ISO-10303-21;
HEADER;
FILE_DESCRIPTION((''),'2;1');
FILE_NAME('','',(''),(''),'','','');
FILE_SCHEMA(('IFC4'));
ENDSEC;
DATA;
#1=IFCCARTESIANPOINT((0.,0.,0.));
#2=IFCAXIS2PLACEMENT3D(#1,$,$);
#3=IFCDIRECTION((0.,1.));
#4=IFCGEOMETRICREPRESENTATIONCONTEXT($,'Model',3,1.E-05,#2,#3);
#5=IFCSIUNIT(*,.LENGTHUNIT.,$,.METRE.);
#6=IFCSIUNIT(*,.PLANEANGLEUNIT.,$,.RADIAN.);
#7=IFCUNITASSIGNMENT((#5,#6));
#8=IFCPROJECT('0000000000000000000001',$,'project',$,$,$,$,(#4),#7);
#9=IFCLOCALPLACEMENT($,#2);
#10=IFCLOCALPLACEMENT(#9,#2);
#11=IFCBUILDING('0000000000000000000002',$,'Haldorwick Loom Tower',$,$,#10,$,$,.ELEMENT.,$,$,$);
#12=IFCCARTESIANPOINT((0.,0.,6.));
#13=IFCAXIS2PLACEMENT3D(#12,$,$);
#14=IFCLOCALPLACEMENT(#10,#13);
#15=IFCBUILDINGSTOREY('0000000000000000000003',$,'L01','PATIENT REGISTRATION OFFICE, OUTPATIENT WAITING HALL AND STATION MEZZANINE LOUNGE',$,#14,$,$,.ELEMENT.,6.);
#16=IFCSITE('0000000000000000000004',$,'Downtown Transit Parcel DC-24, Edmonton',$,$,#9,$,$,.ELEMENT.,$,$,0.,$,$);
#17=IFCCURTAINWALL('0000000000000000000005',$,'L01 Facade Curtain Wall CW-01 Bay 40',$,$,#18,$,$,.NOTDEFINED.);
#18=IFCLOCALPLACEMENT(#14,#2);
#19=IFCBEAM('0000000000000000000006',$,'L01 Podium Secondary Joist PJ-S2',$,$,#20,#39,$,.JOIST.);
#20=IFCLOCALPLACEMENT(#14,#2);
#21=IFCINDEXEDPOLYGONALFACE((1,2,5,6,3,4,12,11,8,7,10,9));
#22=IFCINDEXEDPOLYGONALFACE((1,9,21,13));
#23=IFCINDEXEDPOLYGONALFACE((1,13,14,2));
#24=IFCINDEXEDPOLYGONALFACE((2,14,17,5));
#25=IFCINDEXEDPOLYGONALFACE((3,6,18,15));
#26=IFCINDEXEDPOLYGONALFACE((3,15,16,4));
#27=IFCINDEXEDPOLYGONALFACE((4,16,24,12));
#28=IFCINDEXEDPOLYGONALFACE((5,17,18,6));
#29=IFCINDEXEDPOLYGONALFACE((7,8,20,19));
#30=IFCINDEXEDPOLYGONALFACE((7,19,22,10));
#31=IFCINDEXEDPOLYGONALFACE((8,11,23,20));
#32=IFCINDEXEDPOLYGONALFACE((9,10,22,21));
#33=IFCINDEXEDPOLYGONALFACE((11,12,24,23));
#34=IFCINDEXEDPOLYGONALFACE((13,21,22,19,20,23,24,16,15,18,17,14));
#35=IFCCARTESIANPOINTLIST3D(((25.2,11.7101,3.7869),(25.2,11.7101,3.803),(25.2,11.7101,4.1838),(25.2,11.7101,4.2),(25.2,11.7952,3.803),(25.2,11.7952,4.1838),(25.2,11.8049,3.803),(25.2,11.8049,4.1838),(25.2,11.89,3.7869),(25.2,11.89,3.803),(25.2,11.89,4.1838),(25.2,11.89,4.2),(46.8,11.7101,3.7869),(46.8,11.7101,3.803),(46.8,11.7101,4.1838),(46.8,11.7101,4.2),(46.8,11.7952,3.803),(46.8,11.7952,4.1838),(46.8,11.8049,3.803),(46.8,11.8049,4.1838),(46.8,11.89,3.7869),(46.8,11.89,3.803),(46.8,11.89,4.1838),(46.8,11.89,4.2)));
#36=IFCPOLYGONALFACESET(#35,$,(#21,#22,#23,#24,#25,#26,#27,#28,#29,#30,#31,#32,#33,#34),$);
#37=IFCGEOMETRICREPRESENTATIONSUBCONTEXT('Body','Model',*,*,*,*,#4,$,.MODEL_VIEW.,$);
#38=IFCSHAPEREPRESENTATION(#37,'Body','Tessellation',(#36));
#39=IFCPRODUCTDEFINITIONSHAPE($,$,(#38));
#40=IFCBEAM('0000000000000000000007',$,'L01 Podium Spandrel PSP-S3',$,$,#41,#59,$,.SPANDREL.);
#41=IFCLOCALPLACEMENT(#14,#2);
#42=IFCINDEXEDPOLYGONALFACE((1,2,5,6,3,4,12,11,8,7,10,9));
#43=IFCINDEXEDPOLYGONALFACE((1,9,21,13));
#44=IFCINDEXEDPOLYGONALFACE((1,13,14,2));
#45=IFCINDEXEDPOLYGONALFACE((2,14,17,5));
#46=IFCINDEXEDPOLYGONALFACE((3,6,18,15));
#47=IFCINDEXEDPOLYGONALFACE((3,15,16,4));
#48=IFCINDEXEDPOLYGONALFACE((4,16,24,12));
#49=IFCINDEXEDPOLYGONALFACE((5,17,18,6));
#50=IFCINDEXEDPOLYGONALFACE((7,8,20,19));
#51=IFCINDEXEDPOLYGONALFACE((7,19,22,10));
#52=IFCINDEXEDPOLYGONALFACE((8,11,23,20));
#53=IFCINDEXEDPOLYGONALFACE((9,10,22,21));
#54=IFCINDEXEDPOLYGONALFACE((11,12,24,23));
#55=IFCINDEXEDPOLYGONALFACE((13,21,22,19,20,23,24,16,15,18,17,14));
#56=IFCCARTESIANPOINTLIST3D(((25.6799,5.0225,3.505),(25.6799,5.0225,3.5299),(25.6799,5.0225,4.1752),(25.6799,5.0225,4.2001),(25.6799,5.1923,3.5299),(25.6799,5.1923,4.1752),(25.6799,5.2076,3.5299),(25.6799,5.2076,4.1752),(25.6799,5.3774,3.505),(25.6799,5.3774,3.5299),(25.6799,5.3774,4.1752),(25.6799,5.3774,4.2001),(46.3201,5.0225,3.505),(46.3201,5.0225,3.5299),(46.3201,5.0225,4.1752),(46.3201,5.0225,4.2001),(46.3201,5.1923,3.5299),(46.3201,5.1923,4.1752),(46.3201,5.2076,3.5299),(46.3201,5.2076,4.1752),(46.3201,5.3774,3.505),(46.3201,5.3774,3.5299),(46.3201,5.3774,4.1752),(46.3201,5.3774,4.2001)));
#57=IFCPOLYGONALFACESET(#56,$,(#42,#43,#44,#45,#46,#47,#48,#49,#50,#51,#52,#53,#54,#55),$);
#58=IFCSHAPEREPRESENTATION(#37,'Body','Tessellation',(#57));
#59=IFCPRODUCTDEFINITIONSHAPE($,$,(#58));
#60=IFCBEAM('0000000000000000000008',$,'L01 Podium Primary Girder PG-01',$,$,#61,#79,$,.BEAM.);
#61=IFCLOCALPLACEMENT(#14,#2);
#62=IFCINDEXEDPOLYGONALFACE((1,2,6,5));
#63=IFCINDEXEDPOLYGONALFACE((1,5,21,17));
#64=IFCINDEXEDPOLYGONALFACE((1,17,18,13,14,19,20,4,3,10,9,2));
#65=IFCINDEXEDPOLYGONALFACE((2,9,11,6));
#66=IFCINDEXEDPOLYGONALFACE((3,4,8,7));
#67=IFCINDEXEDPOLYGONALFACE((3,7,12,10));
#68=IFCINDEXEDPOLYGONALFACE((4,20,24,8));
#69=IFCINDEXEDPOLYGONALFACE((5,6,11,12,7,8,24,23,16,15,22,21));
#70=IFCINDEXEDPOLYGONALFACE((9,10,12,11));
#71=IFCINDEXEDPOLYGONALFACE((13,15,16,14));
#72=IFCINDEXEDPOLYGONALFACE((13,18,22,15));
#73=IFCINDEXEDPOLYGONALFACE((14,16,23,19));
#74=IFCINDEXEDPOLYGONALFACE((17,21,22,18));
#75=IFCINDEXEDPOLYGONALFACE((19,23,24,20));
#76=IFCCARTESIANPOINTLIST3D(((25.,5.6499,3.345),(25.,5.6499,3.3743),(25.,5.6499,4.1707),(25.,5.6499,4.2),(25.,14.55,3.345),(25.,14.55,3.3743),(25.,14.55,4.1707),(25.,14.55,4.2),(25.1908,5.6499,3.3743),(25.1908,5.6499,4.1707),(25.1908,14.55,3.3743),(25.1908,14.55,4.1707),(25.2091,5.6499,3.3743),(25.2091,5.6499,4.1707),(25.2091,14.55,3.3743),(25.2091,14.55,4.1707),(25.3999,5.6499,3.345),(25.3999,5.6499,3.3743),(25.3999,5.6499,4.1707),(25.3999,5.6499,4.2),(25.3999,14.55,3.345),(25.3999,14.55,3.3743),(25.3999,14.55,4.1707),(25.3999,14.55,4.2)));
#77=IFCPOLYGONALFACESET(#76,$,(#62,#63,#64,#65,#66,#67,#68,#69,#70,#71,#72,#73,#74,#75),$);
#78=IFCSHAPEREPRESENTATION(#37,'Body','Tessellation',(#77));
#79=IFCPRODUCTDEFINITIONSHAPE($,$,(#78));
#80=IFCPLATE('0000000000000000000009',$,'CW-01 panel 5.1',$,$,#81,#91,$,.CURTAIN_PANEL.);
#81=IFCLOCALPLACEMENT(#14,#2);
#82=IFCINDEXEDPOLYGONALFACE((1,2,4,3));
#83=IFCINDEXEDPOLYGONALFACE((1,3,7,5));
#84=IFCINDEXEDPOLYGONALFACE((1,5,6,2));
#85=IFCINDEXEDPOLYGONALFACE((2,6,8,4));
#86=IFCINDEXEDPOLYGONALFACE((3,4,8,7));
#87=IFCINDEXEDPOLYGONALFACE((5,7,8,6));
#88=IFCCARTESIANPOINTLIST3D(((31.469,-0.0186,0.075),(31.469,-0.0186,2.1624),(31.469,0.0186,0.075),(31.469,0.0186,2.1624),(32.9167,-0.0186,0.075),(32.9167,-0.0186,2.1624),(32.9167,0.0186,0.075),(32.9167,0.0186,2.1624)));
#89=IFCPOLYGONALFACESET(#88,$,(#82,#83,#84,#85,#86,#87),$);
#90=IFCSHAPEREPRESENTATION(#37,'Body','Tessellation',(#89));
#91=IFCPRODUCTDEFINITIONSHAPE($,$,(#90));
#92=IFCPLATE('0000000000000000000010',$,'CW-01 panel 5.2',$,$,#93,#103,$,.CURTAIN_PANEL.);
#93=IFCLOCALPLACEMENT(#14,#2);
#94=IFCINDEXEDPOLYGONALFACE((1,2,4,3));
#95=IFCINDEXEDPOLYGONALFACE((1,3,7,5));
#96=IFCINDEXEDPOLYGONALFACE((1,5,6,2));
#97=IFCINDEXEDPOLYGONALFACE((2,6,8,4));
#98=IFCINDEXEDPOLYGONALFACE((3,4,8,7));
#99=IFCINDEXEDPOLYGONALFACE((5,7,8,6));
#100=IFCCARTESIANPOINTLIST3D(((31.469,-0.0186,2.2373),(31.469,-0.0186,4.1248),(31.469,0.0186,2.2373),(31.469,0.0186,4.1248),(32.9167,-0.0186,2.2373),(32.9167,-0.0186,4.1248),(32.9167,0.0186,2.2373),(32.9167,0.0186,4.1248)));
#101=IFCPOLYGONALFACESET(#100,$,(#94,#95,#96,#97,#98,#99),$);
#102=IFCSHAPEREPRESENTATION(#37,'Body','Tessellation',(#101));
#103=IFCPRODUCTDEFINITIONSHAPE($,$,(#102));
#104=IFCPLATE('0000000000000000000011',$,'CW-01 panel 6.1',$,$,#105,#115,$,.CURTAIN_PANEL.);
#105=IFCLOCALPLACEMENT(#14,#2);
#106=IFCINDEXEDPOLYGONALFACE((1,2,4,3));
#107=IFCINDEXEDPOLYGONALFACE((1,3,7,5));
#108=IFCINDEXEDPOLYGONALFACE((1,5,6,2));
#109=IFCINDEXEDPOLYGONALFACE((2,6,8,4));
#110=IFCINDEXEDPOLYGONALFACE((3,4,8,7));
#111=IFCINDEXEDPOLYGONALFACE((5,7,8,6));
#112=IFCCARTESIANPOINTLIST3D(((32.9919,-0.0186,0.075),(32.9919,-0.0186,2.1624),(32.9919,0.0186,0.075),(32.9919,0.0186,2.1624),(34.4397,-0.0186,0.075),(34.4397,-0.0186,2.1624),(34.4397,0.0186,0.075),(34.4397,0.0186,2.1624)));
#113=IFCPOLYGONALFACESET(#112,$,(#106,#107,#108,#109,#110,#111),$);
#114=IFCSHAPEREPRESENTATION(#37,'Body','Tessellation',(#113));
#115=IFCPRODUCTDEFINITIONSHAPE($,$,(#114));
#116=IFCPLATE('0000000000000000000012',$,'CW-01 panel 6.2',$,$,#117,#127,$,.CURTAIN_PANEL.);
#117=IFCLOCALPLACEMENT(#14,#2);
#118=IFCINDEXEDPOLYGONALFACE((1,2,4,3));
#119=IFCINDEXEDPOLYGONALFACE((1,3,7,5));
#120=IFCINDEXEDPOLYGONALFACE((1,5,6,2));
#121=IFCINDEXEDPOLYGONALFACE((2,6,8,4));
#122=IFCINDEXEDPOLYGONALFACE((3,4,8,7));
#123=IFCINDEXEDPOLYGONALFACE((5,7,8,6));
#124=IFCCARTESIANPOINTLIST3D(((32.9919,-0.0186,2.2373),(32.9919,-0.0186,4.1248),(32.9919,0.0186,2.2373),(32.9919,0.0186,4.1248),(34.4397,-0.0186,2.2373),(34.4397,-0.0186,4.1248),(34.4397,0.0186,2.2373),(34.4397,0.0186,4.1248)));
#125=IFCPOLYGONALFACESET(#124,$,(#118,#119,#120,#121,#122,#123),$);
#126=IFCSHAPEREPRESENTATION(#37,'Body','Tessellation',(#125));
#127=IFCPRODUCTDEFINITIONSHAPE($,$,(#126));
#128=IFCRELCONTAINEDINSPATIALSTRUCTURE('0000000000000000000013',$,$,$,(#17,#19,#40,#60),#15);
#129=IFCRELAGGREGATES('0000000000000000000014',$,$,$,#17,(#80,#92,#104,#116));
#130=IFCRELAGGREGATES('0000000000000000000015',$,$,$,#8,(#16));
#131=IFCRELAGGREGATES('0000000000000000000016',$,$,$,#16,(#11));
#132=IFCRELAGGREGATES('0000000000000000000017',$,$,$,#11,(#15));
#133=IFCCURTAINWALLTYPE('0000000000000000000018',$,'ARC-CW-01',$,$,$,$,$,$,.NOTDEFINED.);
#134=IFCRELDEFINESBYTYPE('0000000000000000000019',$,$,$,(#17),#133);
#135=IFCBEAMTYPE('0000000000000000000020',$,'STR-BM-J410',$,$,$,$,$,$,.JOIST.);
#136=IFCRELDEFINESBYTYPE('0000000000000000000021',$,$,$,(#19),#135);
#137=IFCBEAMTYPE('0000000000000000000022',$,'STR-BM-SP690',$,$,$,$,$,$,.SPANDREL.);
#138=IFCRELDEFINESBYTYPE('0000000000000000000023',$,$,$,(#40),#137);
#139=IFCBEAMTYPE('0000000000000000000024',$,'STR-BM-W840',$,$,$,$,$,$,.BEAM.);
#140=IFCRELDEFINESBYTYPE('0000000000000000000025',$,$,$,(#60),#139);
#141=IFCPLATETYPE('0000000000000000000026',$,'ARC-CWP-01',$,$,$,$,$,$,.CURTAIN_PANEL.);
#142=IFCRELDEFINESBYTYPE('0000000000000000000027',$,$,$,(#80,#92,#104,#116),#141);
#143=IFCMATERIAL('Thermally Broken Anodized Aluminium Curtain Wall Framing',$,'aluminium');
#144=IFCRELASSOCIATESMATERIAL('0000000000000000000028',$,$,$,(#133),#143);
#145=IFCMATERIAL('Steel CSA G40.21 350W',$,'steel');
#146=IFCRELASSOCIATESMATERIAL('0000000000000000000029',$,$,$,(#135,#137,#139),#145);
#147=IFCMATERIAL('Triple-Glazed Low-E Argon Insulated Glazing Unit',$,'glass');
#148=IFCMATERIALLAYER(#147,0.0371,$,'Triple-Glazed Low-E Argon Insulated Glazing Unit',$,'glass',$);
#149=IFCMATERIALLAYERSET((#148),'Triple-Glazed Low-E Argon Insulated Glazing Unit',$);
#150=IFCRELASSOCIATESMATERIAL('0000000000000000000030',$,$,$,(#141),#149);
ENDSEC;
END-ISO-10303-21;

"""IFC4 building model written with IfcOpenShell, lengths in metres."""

from ifc_helpers import new_model, si_unit, direction, frame, origin, origin_2d, place, context, subcontext, project, spatial, rectangle, i_section, extrude, material, layer, layer_set, material_profile, profile_set, type_object, element, aggregate, save


model = new_model("IFC4")

# Units and contexts
model_context = context("Model", 3, precision=1e-05, world=origin(), true_north=direction((0.0, 1.0)))
body_context = subcontext(model_context, "Body", "Model", "MODEL_VIEW")
ifc_project = project(units=[si_unit("LENGTHUNIT", "METRE"), si_unit("PLANEANGLEUNIT", "RADIAN")], contexts=[model_context])

# Site, building, storey
site_placement = place(None, origin())
site = spatial("IfcSite", under=ifc_project, at=site_placement, Name="Downtown Transit Parcel DC-24, Edmonton", CompositionType="ELEMENT", RefElevation=0.0)
building_placement = place(site_placement, origin())
building = spatial("IfcBuilding", under=site, at=building_placement, Name="Haldorwick Loom Tower", CompositionType="ELEMENT")
storey_placement = place(building_placement, frame((0.0, 0.0, 6.0)))
storey = spatial("IfcBuildingStorey", under=building, at=storey_placement, Name="L01", Description="PATIENT REGISTRATION OFFICE, OUTPATIENT WAITING HALL AND STATION MEZZANINE LOUNGE", CompositionType="ELEMENT", Elevation=6.0)

# Curtain wall
ifc_material_1 = material(Name="Thermally Broken Anodized Aluminium Curtain Wall Framing", Category="aluminium")
curtain_wall_type = type_object("IfcCurtainWallType", Name="ARC-CW-01", PredefinedType="NOTDEFINED", material=ifc_material_1)
curtain_wall_placement = place(storey_placement, origin())
curtain_wall = element("IfcCurtainWall", 1, at=curtain_wall_placement, inside=storey, type_object=curtain_wall_type, Name="L01 Facade Curtain Wall CW-01 Bay 40", PredefinedType="NOTDEFINED")

# Beams
ifc_material_2 = material(Name="Steel CSA G40.21 350W", Category="steel")
ifc_material_profile_1 = material_profile(ifc_material_2, i_section(OverallWidth=0.1799, OverallDepth=0.4131, WebThickness=0.0098, FlangeThickness=0.0161, at=origin_2d()), Name="W410X74", Category="steel")
ifc_profile_set_1 = profile_set([ifc_material_profile_1], Name="Steel CSA G40.21 350W")
beam_type_1 = type_object("IfcBeamType", Name="STR-BM-J410", PredefinedType="JOIST", material=ifc_profile_set_1)
for number, where, z_axis, x_axis, name in (
    (2, (25.2, 11.8, 3.9934), (1.0, 0.0, 0.0), (0.0, 1.0, 0.0), "L01 Podium Secondary Joist PJ-S2"),
):
    element("IfcBeam", number, at=place(storey_placement, frame(where, z_axis=z_axis, x_axis=x_axis)), inside=storey, type_object=beam_type_1, Name=name, PredefinedType="JOIST", context=body_context, shape_type="SweptSolid", body=[
        extrude(i_section(OverallWidth=0.1799, OverallDepth=0.4131, WebThickness=0.0098, FlangeThickness=0.0161, at=origin_2d()), origin(), (0.0, 0.0, 1.0), 21.6001),
    ])
ifc_material_profile_2 = material_profile(ifc_material_2, i_section(OverallWidth=0.355, OverallDepth=0.6951, WebThickness=0.0154, FlangeThickness=0.0249, at=origin_2d()), Name="W690X217", Category="steel")
ifc_profile_set_2 = profile_set([ifc_material_profile_2], Name="Steel CSA G40.21 350W")
beam_type_2 = type_object("IfcBeamType", Name="STR-BM-SP690", PredefinedType="SPANDREL", material=ifc_profile_set_2)
beam_1_placement = place(storey_placement, frame((25.6799, 5.2, 3.8525), z_axis=(1.0, 0.0, 0.0), x_axis=(0.0, 1.0, 0.0)))
element("IfcBeam", 3, at=beam_1_placement, inside=storey, type_object=beam_type_2, Name="L01 Podium Spandrel PSP-S3", PredefinedType="SPANDREL", context=body_context, shape_type="SweptSolid", body=[
    extrude(i_section(OverallWidth=0.355, OverallDepth=0.6951, WebThickness=0.0154, FlangeThickness=0.0249, at=origin_2d()), origin(), (0.0, 0.0, 1.0), 20.6401),
])
ifc_material_profile_3 = material_profile(ifc_material_2, i_section(OverallWidth=0.3999, OverallDepth=0.855, WebThickness=0.0183, FlangeThickness=0.0293, at=origin_2d()), Name="W840X299", Category="steel")
ifc_profile_set_3 = profile_set([ifc_material_profile_3], Name="Steel CSA G40.21 350W")
beam_type_3 = type_object("IfcBeamType", Name="STR-BM-W840", PredefinedType="BEAM", material=ifc_profile_set_3)
beam_2_placement = place(storey_placement, frame((25.2, 5.6499, 3.7725), z_axis=(0.0, 1.0, 0.0), x_axis=(-1.0, 0.0, 0.0)))
element("IfcBeam", 4, at=beam_2_placement, inside=storey, type_object=beam_type_3, Name="L01 Podium Primary Girder PG-01", PredefinedType="BEAM", context=body_context, shape_type="SweptSolid", body=[
    extrude(i_section(OverallWidth=0.3999, OverallDepth=0.855, WebThickness=0.0183, FlangeThickness=0.0293, at=origin_2d()), origin(), (0.0, 0.0, 1.0), 8.9001),
])

# Plates
ifc_material_3 = material(Name="Triple-Glazed Low-E Argon Insulated Glazing Unit", Category="glass")
ifc_layer_1 = layer(ifc_material_3, 0.0371, Name="Triple-Glazed Low-E Argon Insulated Glazing Unit", Category="glass")
ifc_layer_set_1 = layer_set([ifc_layer_1], Name="Triple-Glazed Low-E Argon Insulated Glazing Unit")
plate_type = type_object("IfcPlateType", Name="ARC-CWP-01", PredefinedType="CURTAIN_PANEL", material=ifc_layer_set_1)
plate_1_placement = place(storey_placement, frame((32.1929, 0.0, 0.075), z_axis=(0.0, 0.0, 1.0), x_axis=(1.0, 0.0, 0.0)))
plate_1 = element("IfcPlate", 5, at=plate_1_placement, type_object=plate_type, Name="CW-01 panel 5.1", PredefinedType="CURTAIN_PANEL", context=body_context, shape_type="SweptSolid", body=[
    extrude(rectangle(XDim=1.4478, YDim=0.0371, at=origin_2d()), origin(), (0.0, 0.0, 1.0), 2.0874),
])
plate_2_placement = place(storey_placement, frame((32.1929, 0.0, 2.2373), z_axis=(0.0, 0.0, 1.0), x_axis=(1.0, 0.0, 0.0)))
plate_2 = element("IfcPlate", 6, at=plate_2_placement, type_object=plate_type, Name="CW-01 panel 5.2", PredefinedType="CURTAIN_PANEL", context=body_context, shape_type="SweptSolid", body=[
    extrude(rectangle(XDim=1.4478, YDim=0.0371, at=origin_2d()), origin(), (0.0, 0.0, 1.0), 1.8875),
])
plate_3_placement = place(storey_placement, frame((33.7158, 0.0, 0.075), z_axis=(0.0, 0.0, 1.0), x_axis=(1.0, 0.0, 0.0)))
plate_3 = element("IfcPlate", 7, at=plate_3_placement, type_object=plate_type, Name="CW-01 panel 6.1", PredefinedType="CURTAIN_PANEL", context=body_context, shape_type="SweptSolid", body=[
    extrude(rectangle(XDim=1.4478, YDim=0.0371, at=origin_2d()), origin(), (0.0, 0.0, 1.0), 2.0874),
])
plate_4_placement = place(storey_placement, frame((33.7158, 0.0, 2.2373), z_axis=(0.0, 0.0, 1.0), x_axis=(1.0, 0.0, 0.0)))
plate_4 = element("IfcPlate", 8, at=plate_4_placement, type_object=plate_type, Name="CW-01 panel 6.2", PredefinedType="CURTAIN_PANEL", context=body_context, shape_type="SweptSolid", body=[
    extrude(rectangle(XDim=1.4478, YDim=0.0371, at=origin_2d()), origin(), (0.0, 0.0, 1.0), 1.8875),
])
aggregate(curtain_wall, [plate_1, plate_2, plate_3, plate_4])

save(model, "model.ifc")
